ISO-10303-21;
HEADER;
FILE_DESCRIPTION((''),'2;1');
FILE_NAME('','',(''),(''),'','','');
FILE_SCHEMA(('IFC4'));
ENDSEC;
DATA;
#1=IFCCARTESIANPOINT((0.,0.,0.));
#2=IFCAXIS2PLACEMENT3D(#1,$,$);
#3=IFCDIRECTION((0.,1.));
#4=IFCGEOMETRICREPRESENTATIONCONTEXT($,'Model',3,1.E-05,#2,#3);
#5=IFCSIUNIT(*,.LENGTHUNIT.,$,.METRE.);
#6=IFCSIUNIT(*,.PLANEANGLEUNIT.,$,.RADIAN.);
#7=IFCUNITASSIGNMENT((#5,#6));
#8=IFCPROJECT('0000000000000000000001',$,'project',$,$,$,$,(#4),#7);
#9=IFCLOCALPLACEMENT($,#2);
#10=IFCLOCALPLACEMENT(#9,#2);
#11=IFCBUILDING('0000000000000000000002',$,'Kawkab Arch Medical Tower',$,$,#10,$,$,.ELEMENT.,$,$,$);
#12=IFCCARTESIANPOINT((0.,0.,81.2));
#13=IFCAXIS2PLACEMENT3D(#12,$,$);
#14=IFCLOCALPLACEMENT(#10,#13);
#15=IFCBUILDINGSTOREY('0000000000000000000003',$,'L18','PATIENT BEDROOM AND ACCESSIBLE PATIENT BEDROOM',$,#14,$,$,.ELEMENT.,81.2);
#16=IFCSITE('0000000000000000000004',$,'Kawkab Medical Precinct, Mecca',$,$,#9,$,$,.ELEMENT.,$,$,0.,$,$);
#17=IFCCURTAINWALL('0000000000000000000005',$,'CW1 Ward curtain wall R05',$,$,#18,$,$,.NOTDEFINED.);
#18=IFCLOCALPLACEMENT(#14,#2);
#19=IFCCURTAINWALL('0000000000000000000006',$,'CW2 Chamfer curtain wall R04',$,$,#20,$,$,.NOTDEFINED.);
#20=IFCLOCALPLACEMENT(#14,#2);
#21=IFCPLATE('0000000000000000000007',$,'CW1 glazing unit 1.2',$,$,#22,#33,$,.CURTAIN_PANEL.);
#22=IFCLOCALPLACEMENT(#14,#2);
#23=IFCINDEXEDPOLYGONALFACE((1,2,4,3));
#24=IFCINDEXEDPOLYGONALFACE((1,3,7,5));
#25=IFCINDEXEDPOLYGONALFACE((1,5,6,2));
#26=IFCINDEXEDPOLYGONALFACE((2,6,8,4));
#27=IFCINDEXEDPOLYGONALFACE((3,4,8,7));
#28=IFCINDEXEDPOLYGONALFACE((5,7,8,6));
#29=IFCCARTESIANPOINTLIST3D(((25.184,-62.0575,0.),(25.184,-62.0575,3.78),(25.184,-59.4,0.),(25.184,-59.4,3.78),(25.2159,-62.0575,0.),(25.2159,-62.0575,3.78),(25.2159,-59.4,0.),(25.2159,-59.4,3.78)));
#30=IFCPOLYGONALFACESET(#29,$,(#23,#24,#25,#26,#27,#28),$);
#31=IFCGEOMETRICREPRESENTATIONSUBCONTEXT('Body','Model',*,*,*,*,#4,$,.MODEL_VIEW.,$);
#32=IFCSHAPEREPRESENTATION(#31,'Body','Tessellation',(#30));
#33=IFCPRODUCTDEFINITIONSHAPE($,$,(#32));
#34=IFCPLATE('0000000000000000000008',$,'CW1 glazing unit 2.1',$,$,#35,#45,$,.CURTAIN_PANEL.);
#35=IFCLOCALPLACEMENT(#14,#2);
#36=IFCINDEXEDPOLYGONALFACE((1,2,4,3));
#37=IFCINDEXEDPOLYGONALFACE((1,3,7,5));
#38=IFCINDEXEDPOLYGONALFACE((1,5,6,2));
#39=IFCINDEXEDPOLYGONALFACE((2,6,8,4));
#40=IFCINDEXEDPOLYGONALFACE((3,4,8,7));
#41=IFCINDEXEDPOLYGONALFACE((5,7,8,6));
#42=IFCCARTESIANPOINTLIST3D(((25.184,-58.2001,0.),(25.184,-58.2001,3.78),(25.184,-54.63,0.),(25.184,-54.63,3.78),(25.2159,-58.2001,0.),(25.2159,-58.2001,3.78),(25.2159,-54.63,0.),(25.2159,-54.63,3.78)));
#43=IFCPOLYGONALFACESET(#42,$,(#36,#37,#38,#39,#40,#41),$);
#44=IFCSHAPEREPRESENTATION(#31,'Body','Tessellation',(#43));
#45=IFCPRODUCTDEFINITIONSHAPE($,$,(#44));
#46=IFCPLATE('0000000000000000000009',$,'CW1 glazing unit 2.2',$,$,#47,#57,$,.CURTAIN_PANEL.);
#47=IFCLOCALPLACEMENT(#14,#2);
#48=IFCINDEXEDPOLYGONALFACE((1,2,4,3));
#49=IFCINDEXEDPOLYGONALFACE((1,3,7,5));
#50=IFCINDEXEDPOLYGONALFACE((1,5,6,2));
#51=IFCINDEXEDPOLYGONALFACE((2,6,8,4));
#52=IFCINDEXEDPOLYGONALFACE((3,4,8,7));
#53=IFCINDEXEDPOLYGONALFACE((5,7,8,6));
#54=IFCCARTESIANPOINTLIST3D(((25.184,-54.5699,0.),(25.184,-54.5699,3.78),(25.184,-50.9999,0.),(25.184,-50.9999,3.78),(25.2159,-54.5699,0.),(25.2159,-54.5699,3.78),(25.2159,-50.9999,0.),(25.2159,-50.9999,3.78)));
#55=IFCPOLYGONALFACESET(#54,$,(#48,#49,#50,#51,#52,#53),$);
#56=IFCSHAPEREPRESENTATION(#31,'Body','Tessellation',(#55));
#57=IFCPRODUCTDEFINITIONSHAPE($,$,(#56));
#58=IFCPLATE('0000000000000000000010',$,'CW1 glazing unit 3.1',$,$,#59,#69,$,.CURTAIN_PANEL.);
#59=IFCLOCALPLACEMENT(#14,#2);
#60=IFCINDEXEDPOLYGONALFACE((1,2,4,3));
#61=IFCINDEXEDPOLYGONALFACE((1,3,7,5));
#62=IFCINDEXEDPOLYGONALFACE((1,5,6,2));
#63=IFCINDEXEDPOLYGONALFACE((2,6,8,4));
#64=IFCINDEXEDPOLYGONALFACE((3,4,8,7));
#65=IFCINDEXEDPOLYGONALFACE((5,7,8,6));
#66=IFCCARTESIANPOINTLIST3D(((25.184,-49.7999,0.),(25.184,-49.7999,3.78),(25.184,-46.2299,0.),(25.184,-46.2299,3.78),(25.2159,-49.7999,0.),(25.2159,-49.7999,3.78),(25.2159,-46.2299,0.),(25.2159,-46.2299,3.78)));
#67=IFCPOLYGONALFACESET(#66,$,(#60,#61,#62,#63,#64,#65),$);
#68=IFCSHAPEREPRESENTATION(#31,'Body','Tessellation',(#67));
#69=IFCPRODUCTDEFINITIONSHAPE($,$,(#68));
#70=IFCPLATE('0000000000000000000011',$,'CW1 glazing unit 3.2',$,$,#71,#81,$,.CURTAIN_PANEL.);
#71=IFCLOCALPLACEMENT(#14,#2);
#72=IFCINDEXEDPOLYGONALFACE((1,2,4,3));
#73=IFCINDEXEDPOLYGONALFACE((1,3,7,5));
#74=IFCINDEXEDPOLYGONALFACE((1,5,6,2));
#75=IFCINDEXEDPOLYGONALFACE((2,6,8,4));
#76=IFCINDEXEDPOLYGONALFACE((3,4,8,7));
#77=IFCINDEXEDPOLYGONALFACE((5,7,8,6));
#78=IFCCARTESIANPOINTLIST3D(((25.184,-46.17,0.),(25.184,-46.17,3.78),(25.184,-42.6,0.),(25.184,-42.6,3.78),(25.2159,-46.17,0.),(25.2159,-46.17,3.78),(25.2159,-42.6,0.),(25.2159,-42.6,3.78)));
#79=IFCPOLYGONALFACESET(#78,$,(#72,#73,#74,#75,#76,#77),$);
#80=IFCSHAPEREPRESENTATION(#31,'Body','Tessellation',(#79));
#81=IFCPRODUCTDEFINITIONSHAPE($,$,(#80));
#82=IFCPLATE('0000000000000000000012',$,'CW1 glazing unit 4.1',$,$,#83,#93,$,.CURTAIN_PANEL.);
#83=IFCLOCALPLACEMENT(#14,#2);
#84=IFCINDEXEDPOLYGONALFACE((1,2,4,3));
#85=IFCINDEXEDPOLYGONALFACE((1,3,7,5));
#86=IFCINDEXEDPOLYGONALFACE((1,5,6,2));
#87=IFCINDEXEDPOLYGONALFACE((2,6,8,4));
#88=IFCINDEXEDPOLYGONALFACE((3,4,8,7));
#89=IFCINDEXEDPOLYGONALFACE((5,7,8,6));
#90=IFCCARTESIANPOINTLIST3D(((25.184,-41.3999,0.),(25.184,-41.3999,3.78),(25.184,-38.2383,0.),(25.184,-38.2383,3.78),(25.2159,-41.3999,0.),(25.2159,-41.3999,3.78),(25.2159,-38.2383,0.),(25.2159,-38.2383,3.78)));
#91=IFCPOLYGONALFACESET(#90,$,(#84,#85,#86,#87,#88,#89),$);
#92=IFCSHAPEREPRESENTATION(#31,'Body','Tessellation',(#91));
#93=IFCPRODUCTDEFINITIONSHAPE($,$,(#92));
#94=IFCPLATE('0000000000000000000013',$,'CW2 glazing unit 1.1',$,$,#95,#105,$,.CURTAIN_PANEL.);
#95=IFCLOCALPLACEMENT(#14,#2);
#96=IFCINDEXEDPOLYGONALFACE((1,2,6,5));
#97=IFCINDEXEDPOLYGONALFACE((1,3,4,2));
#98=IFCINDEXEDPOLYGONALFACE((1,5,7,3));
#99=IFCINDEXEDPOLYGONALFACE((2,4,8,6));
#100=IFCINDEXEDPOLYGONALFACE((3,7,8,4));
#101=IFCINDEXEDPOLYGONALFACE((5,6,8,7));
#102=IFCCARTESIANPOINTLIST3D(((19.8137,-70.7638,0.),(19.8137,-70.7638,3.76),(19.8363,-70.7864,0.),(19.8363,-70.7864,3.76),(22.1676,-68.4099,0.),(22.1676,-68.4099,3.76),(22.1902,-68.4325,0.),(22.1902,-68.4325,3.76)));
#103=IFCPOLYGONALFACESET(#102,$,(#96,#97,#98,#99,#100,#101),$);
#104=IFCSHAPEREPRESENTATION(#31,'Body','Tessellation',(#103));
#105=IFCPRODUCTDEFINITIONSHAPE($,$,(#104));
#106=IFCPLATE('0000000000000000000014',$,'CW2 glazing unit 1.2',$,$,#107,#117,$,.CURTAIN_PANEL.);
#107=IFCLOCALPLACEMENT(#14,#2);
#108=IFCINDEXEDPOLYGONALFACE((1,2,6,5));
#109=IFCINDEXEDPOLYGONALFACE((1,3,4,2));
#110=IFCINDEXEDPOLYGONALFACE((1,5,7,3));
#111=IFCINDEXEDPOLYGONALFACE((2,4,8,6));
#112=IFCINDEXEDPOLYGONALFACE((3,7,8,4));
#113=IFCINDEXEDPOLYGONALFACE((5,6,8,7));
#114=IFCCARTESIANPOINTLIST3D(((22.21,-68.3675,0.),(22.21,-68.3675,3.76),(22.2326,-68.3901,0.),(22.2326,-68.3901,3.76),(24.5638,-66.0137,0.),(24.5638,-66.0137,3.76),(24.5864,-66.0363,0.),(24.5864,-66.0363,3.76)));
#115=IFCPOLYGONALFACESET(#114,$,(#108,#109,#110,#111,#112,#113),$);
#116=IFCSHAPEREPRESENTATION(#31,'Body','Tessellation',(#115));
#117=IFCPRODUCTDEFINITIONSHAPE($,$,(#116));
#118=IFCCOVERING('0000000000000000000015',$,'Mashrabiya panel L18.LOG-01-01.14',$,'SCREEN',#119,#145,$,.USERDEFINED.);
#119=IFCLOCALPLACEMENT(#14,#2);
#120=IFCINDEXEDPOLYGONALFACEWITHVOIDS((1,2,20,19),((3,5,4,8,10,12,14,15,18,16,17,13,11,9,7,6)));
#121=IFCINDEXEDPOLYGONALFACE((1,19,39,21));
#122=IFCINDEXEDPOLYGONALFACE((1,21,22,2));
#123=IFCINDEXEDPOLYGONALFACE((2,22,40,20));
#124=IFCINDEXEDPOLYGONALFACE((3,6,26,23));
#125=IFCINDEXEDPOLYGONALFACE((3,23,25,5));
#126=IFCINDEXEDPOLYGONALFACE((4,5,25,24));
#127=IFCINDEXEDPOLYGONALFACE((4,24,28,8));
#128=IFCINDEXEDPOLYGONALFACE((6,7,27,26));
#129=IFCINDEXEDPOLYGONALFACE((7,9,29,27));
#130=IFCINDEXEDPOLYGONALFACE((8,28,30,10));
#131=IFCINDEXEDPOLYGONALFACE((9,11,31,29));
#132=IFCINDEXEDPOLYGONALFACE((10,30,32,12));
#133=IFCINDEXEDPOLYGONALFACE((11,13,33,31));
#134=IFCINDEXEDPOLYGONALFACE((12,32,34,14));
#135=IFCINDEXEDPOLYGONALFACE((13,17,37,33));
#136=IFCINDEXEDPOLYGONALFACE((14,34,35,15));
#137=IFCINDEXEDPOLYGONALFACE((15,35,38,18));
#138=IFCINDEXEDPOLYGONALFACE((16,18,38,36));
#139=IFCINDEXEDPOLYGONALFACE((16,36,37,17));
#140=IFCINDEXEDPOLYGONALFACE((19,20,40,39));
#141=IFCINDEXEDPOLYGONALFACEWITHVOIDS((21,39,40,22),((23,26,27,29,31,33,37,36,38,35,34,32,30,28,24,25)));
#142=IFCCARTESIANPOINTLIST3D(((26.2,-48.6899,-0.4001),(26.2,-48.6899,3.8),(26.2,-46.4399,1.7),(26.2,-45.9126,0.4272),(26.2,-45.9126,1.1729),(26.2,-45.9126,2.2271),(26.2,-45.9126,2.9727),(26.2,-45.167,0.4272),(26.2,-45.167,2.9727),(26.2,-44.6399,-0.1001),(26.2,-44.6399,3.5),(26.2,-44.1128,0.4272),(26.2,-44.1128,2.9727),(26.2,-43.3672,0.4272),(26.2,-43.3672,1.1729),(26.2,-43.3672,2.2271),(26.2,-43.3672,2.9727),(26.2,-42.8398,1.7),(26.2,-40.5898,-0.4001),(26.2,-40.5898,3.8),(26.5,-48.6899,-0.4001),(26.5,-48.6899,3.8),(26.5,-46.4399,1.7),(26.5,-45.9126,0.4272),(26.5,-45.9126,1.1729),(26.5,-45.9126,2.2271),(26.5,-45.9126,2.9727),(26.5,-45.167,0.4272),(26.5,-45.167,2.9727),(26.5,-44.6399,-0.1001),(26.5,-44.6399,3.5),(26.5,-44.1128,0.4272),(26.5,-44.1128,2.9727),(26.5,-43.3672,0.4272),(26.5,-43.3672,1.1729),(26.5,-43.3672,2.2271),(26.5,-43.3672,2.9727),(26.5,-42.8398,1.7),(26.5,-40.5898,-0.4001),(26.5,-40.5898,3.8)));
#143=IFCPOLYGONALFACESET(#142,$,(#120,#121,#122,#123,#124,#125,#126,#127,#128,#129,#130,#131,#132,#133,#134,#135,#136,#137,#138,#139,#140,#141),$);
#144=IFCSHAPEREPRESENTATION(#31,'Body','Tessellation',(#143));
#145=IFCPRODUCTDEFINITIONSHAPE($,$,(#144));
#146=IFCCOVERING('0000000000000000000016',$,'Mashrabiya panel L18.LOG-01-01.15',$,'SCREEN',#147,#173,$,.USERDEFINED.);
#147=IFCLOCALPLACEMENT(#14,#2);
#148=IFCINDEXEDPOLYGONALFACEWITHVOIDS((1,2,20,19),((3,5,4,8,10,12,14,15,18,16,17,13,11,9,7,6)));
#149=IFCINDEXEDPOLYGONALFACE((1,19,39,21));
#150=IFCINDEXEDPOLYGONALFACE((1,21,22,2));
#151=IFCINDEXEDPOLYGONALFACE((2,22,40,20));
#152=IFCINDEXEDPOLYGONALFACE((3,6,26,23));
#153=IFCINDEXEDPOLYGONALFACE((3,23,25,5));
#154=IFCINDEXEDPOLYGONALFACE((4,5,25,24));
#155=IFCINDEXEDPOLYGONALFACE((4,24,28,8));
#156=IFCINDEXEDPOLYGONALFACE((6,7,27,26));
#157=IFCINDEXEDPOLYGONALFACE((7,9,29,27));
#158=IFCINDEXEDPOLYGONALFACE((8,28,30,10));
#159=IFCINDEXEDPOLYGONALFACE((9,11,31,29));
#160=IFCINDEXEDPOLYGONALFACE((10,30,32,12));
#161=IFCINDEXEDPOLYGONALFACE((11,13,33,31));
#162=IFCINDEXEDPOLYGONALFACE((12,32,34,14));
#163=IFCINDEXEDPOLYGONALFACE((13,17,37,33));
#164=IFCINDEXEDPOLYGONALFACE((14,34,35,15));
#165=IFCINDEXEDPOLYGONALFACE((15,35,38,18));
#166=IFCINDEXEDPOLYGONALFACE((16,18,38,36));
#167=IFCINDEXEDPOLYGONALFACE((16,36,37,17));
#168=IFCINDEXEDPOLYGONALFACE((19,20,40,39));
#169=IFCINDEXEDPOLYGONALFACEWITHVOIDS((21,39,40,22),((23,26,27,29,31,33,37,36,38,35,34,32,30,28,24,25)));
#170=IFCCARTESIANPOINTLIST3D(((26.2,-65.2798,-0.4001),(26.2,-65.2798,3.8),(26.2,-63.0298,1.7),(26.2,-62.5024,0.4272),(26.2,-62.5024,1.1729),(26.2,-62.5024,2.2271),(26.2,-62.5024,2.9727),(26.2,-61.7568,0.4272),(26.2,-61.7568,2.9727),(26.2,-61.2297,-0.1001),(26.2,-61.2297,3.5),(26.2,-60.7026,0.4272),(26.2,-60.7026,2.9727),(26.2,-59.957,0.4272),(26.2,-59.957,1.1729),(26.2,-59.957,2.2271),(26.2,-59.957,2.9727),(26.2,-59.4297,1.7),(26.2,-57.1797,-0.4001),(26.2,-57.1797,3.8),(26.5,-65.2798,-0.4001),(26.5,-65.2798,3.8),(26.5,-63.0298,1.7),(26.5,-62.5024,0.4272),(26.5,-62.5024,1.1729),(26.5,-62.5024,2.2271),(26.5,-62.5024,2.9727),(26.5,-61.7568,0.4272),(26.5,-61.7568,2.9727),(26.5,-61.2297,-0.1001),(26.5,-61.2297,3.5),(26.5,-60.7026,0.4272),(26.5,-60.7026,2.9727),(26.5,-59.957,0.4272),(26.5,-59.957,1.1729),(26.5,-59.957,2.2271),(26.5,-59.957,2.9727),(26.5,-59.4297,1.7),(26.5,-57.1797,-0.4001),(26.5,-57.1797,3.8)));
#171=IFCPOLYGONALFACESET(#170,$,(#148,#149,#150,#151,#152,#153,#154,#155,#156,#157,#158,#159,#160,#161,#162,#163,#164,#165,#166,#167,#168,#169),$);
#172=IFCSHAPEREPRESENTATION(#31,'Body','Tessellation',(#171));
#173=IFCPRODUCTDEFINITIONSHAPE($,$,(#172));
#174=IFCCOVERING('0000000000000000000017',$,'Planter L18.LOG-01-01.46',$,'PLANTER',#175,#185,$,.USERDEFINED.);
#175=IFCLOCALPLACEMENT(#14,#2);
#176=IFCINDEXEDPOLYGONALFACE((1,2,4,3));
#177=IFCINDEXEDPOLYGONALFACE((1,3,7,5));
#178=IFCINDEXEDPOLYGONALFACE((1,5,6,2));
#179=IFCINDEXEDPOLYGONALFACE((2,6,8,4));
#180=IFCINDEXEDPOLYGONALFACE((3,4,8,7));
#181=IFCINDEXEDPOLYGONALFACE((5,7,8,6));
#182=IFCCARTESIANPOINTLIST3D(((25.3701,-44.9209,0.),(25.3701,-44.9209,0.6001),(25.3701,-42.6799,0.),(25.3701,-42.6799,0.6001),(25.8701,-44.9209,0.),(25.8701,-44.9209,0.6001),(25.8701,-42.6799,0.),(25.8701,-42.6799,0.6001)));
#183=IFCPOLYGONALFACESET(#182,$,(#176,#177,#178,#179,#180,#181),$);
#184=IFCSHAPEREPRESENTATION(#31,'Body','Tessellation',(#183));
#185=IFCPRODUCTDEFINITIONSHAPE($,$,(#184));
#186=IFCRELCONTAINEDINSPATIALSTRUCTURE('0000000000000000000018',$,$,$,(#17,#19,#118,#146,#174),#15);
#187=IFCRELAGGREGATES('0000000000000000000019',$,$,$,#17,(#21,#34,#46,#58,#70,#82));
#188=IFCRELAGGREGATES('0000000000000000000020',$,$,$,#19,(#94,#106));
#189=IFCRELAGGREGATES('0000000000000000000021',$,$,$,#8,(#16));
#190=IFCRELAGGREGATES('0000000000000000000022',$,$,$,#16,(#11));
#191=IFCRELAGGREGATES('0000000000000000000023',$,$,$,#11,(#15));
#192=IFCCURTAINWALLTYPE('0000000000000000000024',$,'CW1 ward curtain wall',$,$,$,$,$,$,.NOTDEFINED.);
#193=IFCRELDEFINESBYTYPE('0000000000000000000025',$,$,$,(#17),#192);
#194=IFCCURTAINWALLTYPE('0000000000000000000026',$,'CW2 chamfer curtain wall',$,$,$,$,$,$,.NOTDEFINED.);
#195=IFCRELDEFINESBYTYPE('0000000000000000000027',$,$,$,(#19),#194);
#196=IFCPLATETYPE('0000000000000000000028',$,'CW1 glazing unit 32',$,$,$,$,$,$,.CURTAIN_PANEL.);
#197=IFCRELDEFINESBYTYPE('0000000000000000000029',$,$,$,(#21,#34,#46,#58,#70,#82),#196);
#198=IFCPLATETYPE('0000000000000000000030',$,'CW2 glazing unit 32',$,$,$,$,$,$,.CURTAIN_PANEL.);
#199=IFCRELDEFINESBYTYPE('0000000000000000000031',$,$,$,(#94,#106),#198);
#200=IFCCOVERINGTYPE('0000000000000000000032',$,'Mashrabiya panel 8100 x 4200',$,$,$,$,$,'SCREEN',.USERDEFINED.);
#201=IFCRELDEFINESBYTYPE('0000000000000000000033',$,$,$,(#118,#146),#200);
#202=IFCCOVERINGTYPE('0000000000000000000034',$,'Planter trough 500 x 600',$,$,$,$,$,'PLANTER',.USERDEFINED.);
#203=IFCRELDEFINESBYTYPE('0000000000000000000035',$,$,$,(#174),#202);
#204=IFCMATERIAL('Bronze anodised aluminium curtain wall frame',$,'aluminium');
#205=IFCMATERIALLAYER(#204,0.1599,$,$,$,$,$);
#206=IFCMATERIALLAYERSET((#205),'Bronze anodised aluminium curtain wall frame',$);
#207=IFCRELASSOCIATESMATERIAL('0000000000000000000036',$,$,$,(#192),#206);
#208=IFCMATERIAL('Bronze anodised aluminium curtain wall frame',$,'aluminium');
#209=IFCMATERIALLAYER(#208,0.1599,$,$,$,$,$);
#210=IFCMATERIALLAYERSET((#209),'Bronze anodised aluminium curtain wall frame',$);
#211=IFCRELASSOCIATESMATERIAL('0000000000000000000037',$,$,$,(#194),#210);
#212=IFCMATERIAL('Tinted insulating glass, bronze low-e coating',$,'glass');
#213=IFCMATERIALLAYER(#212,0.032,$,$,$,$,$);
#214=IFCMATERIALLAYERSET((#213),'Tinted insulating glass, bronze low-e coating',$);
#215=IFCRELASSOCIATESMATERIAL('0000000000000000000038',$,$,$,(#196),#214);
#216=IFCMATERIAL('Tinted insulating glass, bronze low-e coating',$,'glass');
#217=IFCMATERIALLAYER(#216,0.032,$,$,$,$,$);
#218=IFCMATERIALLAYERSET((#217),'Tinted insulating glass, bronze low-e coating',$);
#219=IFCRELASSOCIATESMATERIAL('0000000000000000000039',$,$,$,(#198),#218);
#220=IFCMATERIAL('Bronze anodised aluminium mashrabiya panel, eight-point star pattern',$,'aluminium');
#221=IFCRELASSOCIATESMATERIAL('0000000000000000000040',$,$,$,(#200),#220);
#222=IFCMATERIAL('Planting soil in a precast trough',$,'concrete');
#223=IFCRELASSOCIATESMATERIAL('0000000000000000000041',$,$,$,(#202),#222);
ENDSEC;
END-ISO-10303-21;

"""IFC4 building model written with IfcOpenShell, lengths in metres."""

from ifc_helpers import new_model, si_unit, direction, frame, origin, origin_2d, place, context, subcontext, project, spatial, polyline, rectangle, outline, extrude, material, layer, layer_set, material_profile, profile_set, type_object, element, aggregate, save


model = new_model("IFC4")

# Units and contexts
model_context = context("Model", 3, precision=1e-05, world=origin(), true_north=direction((0.0, 1.0)))
body_context = subcontext(model_context, "Body", "Model", "MODEL_VIEW")
ifc_project = project(units=[si_unit("LENGTHUNIT", "METRE"), si_unit("PLANEANGLEUNIT", "RADIAN")], contexts=[model_context])

# Site, building, storey
site_placement = place(None, origin())
site = spatial("IfcSite", under=ifc_project, at=site_placement, Name="Kawkab Medical Precinct, Mecca", CompositionType="ELEMENT", RefElevation=0.0)
building_placement = place(site_placement, origin())
building = spatial("IfcBuilding", under=site, at=building_placement, Name="Kawkab Arch Medical Tower", CompositionType="ELEMENT")
storey_placement = place(building_placement, frame((0.0, 0.0, 81.2)))
storey = spatial("IfcBuildingStorey", under=building, at=storey_placement, Name="L18", Description="PATIENT BEDROOM AND ACCESSIBLE PATIENT BEDROOM", CompositionType="ELEMENT", Elevation=81.2)

# Curtain wall
ifc_material_1 = material(Name="Bronze anodised aluminium curtain wall frame", Category="aluminium")
ifc_layer_1 = layer(ifc_material_1, 0.1599)
ifc_layer_set_1 = layer_set([ifc_layer_1], Name="Bronze anodised aluminium curtain wall frame")
curtain_wall_type_1 = type_object("IfcCurtainWallType", Name="CW1 ward curtain wall", PredefinedType="NOTDEFINED", material=ifc_layer_set_1)
placement = place(storey_placement, origin())
curtain_wall_1 = element("IfcCurtainWall", 1, at=placement, inside=storey, type_object=curtain_wall_type_1, Name="CW1 Ward curtain wall R05", PredefinedType="NOTDEFINED")

# Curtain wall
ifc_material_2 = material(Name="Bronze anodised aluminium curtain wall frame", Category="aluminium")
ifc_layer_2 = layer(ifc_material_2, 0.1599)
ifc_layer_set_2 = layer_set([ifc_layer_2], Name="Bronze anodised aluminium curtain wall frame")
curtain_wall_type_2 = type_object("IfcCurtainWallType", Name="CW2 chamfer curtain wall", PredefinedType="NOTDEFINED", material=ifc_layer_set_2)
curtain_wall_2 = element("IfcCurtainWall", 2, at=placement, inside=storey, type_object=curtain_wall_type_2, Name="CW2 Chamfer curtain wall R04", PredefinedType="NOTDEFINED")

# Plates
ifc_material_3 = material(Name="Tinted insulating glass, bronze low-e coating", Category="glass")
ifc_layer_3 = layer(ifc_material_3, 0.032)
ifc_layer_set_3 = layer_set([ifc_layer_3], Name="Tinted insulating glass, bronze low-e coating")
plate_type_1 = type_object("IfcPlateType", Name="CW1 glazing unit 32", PredefinedType="CURTAIN_PANEL", material=ifc_layer_set_3)
plate_1_placement = place(storey_placement, frame((25.2, -60.7288, 0.0), z_axis=(0.0, 0.0, 1.0), x_axis=(0.0, 1.0, 0.0)))
plate_1 = element("IfcPlate", 3, at=plate_1_placement, type_object=plate_type_1, Name="CW1 glazing unit 1.2", PredefinedType="CURTAIN_PANEL", context=body_context, shape_type="SweptSolid", body=[
    extrude(rectangle(XDim=2.6575, YDim=0.032, at=origin_2d()), origin(), (0.0, 0.0, 1.0), 3.78),
])
plate_2_placement = place(storey_placement, frame((25.2, -56.415, 0.0), z_axis=(0.0, 0.0, 1.0), x_axis=(0.0, 1.0, 0.0)))
plate_2 = element("IfcPlate", 4, at=plate_2_placement, type_object=plate_type_1, Name="CW1 glazing unit 2.1", PredefinedType="CURTAIN_PANEL", context=body_context, shape_type="SweptSolid", body=[
    extrude(rectangle(XDim=3.5701, YDim=0.032, at=origin_2d()), origin(), (0.0, 0.0, 1.0), 3.78),
])
plate_3_placement = place(storey_placement, frame((25.2, -52.7849, 0.0), z_axis=(0.0, 0.0, 1.0), x_axis=(0.0, 1.0, 0.0)))
plate_3 = element("IfcPlate", 5, at=plate_3_placement, type_object=plate_type_1, Name="CW1 glazing unit 2.2", PredefinedType="CURTAIN_PANEL", context=body_context, shape_type="SweptSolid", body=[
    extrude(rectangle(XDim=3.5701, YDim=0.032, at=origin_2d()), origin(), (0.0, 0.0, 1.0), 3.78),
])
plate_4_placement = place(storey_placement, frame((25.2, -48.0149, 0.0), z_axis=(0.0, 0.0, 1.0), x_axis=(0.0, 1.0, 0.0)))
plate_4 = element("IfcPlate", 6, at=plate_4_placement, type_object=plate_type_1, Name="CW1 glazing unit 3.1", PredefinedType="CURTAIN_PANEL", context=body_context, shape_type="SweptSolid", body=[
    extrude(rectangle(XDim=3.5701, YDim=0.032, at=origin_2d()), origin(), (0.0, 0.0, 1.0), 3.78),
])
plate_5_placement = place(storey_placement, frame((25.2, -44.385, 0.0), z_axis=(0.0, 0.0, 1.0), x_axis=(0.0, 1.0, 0.0)))
plate_5 = element("IfcPlate", 7, at=plate_5_placement, type_object=plate_type_1, Name="CW1 glazing unit 3.2", PredefinedType="CURTAIN_PANEL", context=body_context, shape_type="SweptSolid", body=[
    extrude(rectangle(XDim=3.5701, YDim=0.032, at=origin_2d()), origin(), (0.0, 0.0, 1.0), 3.78),
])
plate_6_placement = place(storey_placement, frame((25.2, -39.8191, 0.0), z_axis=(0.0, 0.0, 1.0), x_axis=(0.0, 1.0, 0.0)))
plate_6 = element("IfcPlate", 8, at=plate_6_placement, type_object=plate_type_1, Name="CW1 glazing unit 4.1", PredefinedType="CURTAIN_PANEL", context=body_context, shape_type="SweptSolid", body=[
    extrude(rectangle(XDim=3.1616, YDim=0.032, at=origin_2d()), origin(), (0.0, 0.0, 1.0), 3.78),
])
aggregate(curtain_wall_1, [plate_1, plate_2, plate_3, plate_4, plate_5, plate_6])
ifc_material_4 = material(Name="Tinted insulating glass, bronze low-e coating", Category="glass")
ifc_layer_4 = layer(ifc_material_4, 0.032)
ifc_layer_set_4 = layer_set([ifc_layer_4], Name="Tinted insulating glass, bronze low-e coating")
plate_type_2 = type_object("IfcPlateType", Name="CW2 glazing unit 32", PredefinedType="CURTAIN_PANEL", material=ifc_layer_set_4)
plate_7_placement = place(storey_placement, frame((21.002, -69.5981, 0.0), z_axis=(0.0, 0.0, 1.0), x_axis=(0.707107, 0.707107, 0.0)))
plate_7 = element("IfcPlate", 9, at=plate_7_placement, type_object=plate_type_2, Name="CW2 glazing unit 1.1", PredefinedType="CURTAIN_PANEL", context=body_context, shape_type="SweptSolid", body=[
    extrude(rectangle(XDim=3.3289, YDim=0.032, at=origin_2d()), origin(), (0.0, 0.0, 1.0), 3.76),
])
plate_8_placement = place(storey_placement, frame((23.3982, -67.2019, 0.0), z_axis=(0.0, 0.0, 1.0), x_axis=(0.707107, 0.707107, 0.0)))
plate_8 = element("IfcPlate", 10, at=plate_8_placement, type_object=plate_type_2, Name="CW2 glazing unit 1.2", PredefinedType="CURTAIN_PANEL", context=body_context, shape_type="SweptSolid", body=[
    extrude(rectangle(XDim=3.3289, YDim=0.032, at=origin_2d()), origin(), (0.0, 0.0, 1.0), 3.76),
])
aggregate(curtain_wall_2, [plate_7, plate_8])

# Coverings
ifc_material_5 = material(Name="Bronze anodised aluminium mashrabiya panel, eight-point star pattern", Category="aluminium")
ifc_material_profile_1 = material_profile(ifc_material_5, outline(polyline([(-4.05, -2.1001), (4.05, -2.1001), (4.05, 2.1001), (-4.05, 2.1001), (-4.05, -2.1001)]), holes=[polyline([(1.8, 0.0), (1.2727, 0.5271), (1.2727, 1.2727), (0.5271, 1.2727), (0.0, 1.8), (-0.5271, 1.2727), (-1.2727, 1.2727), (-1.2727, 0.5271), (-1.8, 0.0), (-1.2727, -0.5271), (-1.2727, -1.2727), (-0.5271, -1.2727), (0.0, -1.8), (0.5271, -1.2727), (1.2727, -1.2727), (1.2727, -0.5271), (1.8, 0.0)])]), Name="Mashrabiya panel 8100x4200")
ifc_profile_set_1 = profile_set([ifc_material_profile_1], Name="Bronze anodised aluminium mashrabiya panel, eight-point star pattern")
covering_type_1 = type_object("IfcCoveringType", Name="Mashrabiya panel 8100 x 4200", ElementType="SCREEN", PredefinedType="USERDEFINED", material=ifc_profile_set_1)
for number, where, z_axis, x_axis, name in (
    (11, (26.2, -44.6399, 1.7), (1.0, 0.0, 0.0), (0.0, 1.0, 0.0), "Mashrabiya panel L18.LOG-01-01.14"),
    (12, (26.2, -61.2297, 1.7), (1.0, 0.0, 0.0), (0.0, 1.0, 0.0), "Mashrabiya panel L18.LOG-01-01.15"),
):
    element("IfcCovering", number, at=place(storey_placement, frame(where, z_axis=z_axis, x_axis=x_axis)), inside=storey, type_object=covering_type_1, Name=name, ObjectType="SCREEN", PredefinedType="USERDEFINED", context=body_context, shape_type="SweptSolid", body=[
        extrude(outline(polyline([(-4.05, -2.1001), (4.05, -2.1001), (4.05, 2.1001), (-4.05, 2.1001), (-4.05, -2.1001)]), holes=[polyline([(1.8, 0.0), (1.2727, 0.5271), (1.2727, 1.2727), (0.5271, 1.2727), (0.0, 1.8), (-0.5271, 1.2727), (-1.2727, 1.2727), (-1.2727, 0.5271), (-1.8, 0.0), (-1.2727, -0.5271), (-1.2727, -1.2727), (-0.5271, -1.2727), (0.0, -1.8), (0.5271, -1.2727), (1.2727, -1.2727), (1.2727, -0.5271), (1.8, 0.0)])]), origin(), (0.0, 0.0, 1.0), 0.3),
    ])
ifc_material_6 = material(Name="Planting soil in a precast trough", Category="concrete")
ifc_material_profile_2 = material_profile(ifc_material_6, rectangle(XDim=0.5, YDim=0.6001, at=origin_2d()), Name="Trough 500x600")
ifc_profile_set_2 = profile_set([ifc_material_profile_2], Name="Planting soil in a precast trough")
covering_type_2 = type_object("IfcCoveringType", Name="Planter trough 500 x 600", ElementType="PLANTER", PredefinedType="USERDEFINED", material=ifc_profile_set_2)
covering_1_placement = place(storey_placement, frame((25.6201, -42.6799, 0.3), z_axis=(0.0, -1.0, 0.0), x_axis=(1.0, 0.0, 0.0)))
element("IfcCovering", 13, at=covering_1_placement, inside=storey, type_object=covering_type_2, Name="Planter L18.LOG-01-01.46", ObjectType="PLANTER", PredefinedType="USERDEFINED", context=body_context, shape_type="SweptSolid", body=[
    extrude(rectangle(XDim=0.5, YDim=0.6001, at=origin_2d()), origin(), (0.0, 0.0, 1.0), 2.241),
])

save(model, "model.ifc")
